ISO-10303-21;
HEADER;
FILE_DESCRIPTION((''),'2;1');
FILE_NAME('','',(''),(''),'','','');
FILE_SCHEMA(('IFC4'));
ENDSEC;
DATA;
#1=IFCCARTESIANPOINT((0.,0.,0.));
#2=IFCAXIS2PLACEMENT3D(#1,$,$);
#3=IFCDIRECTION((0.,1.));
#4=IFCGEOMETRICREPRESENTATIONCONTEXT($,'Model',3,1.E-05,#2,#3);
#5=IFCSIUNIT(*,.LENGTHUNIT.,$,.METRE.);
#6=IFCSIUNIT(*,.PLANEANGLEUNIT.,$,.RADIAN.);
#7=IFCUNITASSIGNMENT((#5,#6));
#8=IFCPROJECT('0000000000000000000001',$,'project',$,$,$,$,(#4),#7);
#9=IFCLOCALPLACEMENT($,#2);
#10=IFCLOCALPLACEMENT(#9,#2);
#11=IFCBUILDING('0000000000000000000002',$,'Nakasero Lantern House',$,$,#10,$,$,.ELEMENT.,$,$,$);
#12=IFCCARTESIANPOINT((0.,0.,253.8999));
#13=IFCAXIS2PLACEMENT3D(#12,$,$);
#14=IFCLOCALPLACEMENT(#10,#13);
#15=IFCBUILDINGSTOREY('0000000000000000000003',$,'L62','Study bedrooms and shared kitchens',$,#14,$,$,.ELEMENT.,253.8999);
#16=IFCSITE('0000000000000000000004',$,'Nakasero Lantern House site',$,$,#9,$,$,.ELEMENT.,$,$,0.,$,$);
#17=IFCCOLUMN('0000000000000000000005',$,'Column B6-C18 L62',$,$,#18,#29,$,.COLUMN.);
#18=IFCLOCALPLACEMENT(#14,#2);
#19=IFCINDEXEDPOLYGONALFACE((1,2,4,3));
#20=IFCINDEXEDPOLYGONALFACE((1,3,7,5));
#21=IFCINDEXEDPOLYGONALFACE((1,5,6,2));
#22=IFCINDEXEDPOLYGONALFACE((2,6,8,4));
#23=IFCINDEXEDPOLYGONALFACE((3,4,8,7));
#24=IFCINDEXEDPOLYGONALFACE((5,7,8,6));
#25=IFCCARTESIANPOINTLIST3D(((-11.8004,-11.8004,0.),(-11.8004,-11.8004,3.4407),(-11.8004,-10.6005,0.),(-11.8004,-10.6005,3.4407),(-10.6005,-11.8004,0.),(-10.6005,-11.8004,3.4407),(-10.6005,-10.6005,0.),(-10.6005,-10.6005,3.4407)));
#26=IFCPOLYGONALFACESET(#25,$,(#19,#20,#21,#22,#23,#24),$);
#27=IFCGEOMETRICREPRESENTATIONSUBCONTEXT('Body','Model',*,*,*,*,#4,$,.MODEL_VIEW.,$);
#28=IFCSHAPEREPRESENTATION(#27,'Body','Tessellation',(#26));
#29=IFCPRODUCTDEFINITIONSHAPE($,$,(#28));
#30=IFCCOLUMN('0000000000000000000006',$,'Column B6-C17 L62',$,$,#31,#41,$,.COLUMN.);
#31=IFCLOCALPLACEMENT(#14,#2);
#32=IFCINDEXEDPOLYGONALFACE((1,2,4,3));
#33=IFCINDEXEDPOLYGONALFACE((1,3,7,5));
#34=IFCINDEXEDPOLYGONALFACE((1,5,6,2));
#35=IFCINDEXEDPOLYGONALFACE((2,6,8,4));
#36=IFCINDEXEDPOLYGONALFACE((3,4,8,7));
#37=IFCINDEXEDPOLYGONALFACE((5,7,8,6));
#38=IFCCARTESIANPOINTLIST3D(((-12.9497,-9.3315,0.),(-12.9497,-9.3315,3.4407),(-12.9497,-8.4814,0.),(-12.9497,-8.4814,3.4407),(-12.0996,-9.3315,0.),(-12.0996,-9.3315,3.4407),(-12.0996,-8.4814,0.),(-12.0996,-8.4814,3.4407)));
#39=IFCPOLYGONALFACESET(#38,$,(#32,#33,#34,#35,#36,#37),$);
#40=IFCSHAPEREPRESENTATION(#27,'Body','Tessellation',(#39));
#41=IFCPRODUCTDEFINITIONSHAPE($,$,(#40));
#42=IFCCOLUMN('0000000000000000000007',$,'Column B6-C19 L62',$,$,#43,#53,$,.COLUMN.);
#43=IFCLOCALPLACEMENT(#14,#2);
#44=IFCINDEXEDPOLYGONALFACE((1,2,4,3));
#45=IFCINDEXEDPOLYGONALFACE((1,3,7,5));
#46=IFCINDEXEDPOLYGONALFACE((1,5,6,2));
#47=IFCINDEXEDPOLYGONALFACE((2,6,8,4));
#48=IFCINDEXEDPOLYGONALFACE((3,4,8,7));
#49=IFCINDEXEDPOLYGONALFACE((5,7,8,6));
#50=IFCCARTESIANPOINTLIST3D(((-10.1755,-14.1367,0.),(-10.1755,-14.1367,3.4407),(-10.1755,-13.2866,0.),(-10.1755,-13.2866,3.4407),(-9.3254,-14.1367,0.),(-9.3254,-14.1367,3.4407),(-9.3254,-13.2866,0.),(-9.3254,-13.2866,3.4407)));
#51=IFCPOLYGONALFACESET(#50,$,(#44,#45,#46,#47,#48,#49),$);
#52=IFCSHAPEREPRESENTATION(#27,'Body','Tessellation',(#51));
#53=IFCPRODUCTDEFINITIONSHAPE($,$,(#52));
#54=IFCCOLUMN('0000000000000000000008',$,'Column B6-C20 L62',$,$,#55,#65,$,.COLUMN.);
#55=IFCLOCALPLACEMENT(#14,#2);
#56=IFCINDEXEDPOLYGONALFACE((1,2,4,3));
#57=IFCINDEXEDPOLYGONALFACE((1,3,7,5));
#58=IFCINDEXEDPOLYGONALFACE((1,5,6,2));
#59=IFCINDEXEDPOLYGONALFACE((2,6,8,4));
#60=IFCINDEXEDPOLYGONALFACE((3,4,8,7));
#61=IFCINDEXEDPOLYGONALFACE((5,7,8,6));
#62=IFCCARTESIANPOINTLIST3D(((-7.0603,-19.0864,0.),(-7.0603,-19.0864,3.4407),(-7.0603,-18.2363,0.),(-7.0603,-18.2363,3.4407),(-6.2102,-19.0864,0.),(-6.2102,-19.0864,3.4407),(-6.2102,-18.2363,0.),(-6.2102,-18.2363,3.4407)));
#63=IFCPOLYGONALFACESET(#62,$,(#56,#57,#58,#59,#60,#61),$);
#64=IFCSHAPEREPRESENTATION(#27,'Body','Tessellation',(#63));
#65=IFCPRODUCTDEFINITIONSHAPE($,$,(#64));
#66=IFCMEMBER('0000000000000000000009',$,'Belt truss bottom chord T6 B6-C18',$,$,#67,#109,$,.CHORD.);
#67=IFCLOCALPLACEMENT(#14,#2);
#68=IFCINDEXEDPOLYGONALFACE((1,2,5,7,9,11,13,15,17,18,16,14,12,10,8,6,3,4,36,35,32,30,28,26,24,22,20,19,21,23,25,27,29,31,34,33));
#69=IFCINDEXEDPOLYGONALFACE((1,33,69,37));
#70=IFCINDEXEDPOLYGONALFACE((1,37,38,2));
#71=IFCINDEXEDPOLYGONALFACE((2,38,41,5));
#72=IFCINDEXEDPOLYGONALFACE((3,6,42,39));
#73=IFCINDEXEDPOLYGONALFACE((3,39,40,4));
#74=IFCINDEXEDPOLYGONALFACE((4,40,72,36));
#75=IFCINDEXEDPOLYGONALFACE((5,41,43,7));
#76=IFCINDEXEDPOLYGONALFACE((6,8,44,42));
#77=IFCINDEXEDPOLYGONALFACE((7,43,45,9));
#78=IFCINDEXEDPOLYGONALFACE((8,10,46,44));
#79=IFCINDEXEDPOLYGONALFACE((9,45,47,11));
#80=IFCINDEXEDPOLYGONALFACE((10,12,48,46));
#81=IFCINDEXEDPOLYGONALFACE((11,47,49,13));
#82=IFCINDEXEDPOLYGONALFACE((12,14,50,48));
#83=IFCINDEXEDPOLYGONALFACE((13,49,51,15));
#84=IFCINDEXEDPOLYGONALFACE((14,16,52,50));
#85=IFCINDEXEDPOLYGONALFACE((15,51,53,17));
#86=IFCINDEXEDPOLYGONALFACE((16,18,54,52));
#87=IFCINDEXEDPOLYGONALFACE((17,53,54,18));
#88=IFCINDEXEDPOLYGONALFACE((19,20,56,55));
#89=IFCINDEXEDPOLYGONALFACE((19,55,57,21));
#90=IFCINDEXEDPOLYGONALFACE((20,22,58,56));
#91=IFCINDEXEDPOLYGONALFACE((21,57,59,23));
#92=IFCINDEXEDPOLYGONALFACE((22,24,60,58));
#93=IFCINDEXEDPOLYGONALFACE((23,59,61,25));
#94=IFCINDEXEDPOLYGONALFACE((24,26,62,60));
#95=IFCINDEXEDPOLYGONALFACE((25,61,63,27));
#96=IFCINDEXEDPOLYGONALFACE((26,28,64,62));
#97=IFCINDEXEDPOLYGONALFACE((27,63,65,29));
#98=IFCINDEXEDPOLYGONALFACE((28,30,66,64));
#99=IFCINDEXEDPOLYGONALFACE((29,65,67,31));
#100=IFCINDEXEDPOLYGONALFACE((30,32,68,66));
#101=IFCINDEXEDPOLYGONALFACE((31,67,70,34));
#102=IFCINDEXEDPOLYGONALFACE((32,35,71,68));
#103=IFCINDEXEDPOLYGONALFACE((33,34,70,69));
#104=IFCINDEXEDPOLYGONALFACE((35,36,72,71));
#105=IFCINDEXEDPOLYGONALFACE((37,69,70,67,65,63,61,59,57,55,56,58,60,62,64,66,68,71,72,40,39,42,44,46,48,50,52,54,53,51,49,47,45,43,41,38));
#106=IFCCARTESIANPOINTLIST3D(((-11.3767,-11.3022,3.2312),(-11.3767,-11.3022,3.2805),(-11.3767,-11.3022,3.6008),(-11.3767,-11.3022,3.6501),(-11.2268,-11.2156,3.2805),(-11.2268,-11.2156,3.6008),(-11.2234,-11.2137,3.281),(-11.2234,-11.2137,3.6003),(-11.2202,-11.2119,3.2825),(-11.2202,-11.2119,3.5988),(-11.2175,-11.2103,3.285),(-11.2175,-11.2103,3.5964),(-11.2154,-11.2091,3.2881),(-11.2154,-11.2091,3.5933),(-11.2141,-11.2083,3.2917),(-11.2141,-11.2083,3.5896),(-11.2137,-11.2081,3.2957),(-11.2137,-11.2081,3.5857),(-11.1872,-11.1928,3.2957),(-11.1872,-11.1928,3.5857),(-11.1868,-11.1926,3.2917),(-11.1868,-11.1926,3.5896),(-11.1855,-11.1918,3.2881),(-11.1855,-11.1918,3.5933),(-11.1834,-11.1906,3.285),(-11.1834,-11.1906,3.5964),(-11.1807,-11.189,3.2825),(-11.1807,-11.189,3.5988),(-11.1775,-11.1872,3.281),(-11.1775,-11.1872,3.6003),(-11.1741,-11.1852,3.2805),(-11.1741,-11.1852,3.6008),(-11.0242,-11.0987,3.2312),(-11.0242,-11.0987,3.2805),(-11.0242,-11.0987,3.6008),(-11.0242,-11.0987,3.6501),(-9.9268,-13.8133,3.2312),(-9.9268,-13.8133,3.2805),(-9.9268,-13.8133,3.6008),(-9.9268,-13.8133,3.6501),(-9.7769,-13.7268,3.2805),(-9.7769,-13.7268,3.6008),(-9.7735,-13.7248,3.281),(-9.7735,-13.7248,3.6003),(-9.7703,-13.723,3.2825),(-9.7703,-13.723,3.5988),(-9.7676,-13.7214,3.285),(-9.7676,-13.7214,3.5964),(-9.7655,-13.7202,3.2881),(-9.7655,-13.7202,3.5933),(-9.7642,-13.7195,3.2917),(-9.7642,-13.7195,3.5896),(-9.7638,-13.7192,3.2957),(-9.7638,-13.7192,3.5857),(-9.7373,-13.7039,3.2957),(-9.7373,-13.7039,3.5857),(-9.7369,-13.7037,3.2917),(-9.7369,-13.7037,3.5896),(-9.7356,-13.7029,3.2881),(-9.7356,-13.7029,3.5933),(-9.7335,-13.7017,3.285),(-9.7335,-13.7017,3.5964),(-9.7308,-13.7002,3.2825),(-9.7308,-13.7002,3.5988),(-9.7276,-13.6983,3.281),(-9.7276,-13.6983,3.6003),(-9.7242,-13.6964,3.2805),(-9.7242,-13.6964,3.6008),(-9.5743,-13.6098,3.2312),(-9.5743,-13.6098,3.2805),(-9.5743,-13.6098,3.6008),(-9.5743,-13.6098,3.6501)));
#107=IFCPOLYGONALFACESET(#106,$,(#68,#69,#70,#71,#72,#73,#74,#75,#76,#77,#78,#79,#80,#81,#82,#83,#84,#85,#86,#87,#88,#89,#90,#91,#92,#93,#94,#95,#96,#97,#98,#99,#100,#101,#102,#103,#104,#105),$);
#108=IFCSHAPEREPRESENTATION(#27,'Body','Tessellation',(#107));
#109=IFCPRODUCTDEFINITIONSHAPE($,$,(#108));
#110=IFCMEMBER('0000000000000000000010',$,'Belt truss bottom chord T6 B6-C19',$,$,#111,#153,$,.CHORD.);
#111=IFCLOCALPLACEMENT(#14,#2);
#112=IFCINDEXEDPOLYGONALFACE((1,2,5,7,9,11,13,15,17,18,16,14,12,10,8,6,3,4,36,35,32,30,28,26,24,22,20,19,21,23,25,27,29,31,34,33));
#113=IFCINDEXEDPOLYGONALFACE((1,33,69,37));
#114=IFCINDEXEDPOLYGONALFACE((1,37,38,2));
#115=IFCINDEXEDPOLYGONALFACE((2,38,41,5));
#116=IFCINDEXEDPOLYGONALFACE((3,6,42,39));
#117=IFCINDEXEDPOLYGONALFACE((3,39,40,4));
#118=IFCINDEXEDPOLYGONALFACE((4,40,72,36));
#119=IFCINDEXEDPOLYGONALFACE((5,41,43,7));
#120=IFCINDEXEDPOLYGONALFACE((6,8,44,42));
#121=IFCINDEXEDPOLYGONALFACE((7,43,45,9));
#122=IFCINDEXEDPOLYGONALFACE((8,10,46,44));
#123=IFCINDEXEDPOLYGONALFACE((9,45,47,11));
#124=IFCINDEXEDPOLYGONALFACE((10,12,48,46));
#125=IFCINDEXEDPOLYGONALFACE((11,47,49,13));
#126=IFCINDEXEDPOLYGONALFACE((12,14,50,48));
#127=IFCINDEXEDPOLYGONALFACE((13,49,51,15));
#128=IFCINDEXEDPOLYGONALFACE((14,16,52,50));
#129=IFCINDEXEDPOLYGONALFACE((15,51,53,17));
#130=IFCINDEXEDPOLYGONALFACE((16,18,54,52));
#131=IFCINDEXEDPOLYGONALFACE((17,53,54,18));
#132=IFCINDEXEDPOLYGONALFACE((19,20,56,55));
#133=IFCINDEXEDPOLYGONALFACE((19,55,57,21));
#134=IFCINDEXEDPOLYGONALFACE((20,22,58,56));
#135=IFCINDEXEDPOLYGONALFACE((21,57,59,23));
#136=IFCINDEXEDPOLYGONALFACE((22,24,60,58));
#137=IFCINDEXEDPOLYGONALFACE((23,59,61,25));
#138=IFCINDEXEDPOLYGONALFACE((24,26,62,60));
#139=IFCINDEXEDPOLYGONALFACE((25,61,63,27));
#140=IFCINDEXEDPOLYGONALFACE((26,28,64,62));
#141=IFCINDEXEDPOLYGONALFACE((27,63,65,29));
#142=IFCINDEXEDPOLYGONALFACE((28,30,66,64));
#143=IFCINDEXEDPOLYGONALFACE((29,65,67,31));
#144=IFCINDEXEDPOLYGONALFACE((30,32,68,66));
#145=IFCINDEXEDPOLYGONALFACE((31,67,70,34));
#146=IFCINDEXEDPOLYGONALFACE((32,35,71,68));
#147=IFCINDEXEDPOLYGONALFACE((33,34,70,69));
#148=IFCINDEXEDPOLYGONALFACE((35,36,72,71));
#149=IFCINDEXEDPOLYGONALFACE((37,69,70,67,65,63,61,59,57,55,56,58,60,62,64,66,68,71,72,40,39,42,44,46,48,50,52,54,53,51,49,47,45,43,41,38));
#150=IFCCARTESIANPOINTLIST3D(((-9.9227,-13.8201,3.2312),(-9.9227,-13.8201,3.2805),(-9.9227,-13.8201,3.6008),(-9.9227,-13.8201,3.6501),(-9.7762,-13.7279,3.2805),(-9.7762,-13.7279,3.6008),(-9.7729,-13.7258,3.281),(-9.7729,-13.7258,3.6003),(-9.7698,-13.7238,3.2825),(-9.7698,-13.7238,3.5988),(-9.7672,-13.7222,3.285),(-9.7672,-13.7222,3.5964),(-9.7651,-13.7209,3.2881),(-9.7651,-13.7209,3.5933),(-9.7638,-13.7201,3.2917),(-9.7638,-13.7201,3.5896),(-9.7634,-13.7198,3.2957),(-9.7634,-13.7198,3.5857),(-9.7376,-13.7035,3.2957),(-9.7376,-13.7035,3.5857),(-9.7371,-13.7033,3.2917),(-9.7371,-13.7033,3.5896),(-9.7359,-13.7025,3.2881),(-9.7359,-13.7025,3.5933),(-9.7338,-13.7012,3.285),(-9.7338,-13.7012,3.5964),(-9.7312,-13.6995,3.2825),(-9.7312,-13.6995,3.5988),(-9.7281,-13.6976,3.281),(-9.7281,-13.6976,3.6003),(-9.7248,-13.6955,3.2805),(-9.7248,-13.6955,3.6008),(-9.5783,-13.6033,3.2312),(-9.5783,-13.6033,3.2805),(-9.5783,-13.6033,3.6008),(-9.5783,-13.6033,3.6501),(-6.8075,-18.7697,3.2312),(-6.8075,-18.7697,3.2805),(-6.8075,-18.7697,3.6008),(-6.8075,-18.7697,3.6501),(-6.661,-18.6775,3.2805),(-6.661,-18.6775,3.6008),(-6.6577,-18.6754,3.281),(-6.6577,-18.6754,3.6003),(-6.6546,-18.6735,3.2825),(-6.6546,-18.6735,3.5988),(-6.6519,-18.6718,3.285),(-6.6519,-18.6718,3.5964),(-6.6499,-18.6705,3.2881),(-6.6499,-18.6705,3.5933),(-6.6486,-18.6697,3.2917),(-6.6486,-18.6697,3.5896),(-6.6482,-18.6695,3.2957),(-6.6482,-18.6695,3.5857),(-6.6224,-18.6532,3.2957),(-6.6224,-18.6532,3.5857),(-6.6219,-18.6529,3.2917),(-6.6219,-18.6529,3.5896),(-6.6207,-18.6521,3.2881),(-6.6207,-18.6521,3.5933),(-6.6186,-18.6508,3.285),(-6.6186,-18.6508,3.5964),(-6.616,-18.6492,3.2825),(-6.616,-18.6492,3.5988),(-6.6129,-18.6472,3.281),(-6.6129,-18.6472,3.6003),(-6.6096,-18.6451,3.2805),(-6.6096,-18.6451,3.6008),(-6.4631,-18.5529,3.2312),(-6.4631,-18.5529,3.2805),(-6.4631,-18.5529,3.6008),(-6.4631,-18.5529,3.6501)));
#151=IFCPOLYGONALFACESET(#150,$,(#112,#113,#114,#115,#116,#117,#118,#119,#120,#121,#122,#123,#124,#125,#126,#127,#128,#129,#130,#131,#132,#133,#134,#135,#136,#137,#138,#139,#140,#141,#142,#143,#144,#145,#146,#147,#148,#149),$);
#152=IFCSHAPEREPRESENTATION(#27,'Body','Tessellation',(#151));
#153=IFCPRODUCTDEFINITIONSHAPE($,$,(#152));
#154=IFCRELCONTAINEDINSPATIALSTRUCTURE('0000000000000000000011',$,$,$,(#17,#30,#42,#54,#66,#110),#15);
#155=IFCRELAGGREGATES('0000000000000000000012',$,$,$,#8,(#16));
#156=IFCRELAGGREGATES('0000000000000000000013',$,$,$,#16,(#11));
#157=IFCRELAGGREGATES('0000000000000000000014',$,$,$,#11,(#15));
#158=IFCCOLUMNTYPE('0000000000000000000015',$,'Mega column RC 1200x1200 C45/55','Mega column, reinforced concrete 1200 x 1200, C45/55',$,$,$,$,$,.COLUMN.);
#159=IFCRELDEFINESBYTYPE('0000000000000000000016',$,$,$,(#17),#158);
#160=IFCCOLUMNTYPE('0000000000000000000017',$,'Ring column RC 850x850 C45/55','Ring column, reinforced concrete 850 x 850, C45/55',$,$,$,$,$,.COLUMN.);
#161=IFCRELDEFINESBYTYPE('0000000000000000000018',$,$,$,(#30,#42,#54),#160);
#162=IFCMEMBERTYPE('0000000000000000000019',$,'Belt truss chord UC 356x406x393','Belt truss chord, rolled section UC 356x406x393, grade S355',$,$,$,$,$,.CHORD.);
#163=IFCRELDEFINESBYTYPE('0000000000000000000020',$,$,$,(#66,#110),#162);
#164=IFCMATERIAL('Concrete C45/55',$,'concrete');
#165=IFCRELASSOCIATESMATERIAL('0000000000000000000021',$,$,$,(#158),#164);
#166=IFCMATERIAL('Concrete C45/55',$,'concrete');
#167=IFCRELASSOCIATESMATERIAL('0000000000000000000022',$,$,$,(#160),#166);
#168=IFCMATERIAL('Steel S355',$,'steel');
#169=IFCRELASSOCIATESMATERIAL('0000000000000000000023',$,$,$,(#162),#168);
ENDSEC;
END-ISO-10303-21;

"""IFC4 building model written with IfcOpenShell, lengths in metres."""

from ifc_helpers import new_model, si_unit, direction, frame, origin, origin_2d, place, context, subcontext, project, spatial, rectangle, i_section, extrude, material, material_profile, profile_set, type_object, element, save


model = new_model("IFC4")

# Units and contexts
model_context = context("Model", 3, precision=1e-05, world=origin(), true_north=direction((0.0, 1.0)))
body_context = subcontext(model_context, "Body", "Model", "MODEL_VIEW")
ifc_project = project(units=[si_unit("LENGTHUNIT", "METRE"), si_unit("PLANEANGLEUNIT", "RADIAN")], contexts=[model_context])

# Site, building, storey
site_placement = place(None, origin())
site = spatial("IfcSite", under=ifc_project, at=site_placement, Name="Nakasero Lantern House site", CompositionType="ELEMENT", RefElevation=0.0)
building_placement = place(site_placement, origin())
building = spatial("IfcBuilding", under=site, at=building_placement, Name="Nakasero Lantern House", CompositionType="ELEMENT")
storey_placement = place(building_placement, frame((0.0, 0.0, 253.8999)))
storey = spatial("IfcBuildingStorey", under=building, at=storey_placement, Name="L62", Description="Study bedrooms and shared kitchens", CompositionType="ELEMENT", Elevation=253.8999)

# Columns
ifc_material_1 = material(Name="Concrete C45/55", Category="concrete")
ifc_material_profile_1 = material_profile(ifc_material_1, rectangle(XDim=1.2, YDim=1.2, at=origin_2d()), Name="RC 1200x1200")
ifc_profile_set_1 = profile_set([ifc_material_profile_1], Name="Concrete C45/55")
column_type_1 = type_object("IfcColumnType", Name="Mega column RC 1200x1200 C45/55", Description="Mega column, reinforced concrete 1200 x 1200, C45/55", PredefinedType="COLUMN", material=ifc_profile_set_1)
column_placement = place(storey_placement, frame((-11.2004, -11.2004, 0.0), z_axis=(0.0, 0.0, 1.0), x_axis=(1.0, 0.0, 0.0)))
element("IfcColumn", 1, at=column_placement, inside=storey, type_object=column_type_1, Name="Column B6-C18 L62", PredefinedType="COLUMN", context=body_context, shape_type="SweptSolid", body=[
    extrude(rectangle(XDim=1.2, YDim=1.2, at=origin_2d()), origin(), (0.0, 0.0, 1.0), 3.4407),
])
ifc_material_2 = material(Name="Concrete C45/55", Category="concrete")
ifc_material_profile_2 = material_profile(ifc_material_2, rectangle(XDim=0.8501, YDim=0.8501, at=origin_2d()), Name="RC 850x850")
ifc_profile_set_2 = profile_set([ifc_material_profile_2], Name="Concrete C45/55")
column_type_2 = type_object("IfcColumnType", Name="Ring column RC 850x850 C45/55", Description="Ring column, reinforced concrete 850 x 850, C45/55", PredefinedType="COLUMN", material=ifc_profile_set_2)
for number, where, z_axis, x_axis, name in (
    (2, (-12.5247, -8.9065, 0.0), (0.0, 0.0, 1.0), (1.0, 0.0, 0.0), "Column B6-C17 L62"),
    (3, (-9.7505, -13.7117, 0.0), (0.0, 0.0, 1.0), (1.0, 0.0, 0.0), "Column B6-C19 L62"),
    (4, (-6.6353, -18.6614, 0.0), (0.0, 0.0, 1.0), (1.0, 0.0, 0.0), "Column B6-C20 L62"),
):
    element("IfcColumn", number, at=place(storey_placement, frame(where, z_axis=z_axis, x_axis=x_axis)), inside=storey, type_object=column_type_2, Name=name, PredefinedType="COLUMN", context=body_context, shape_type="SweptSolid", body=[
        extrude(rectangle(XDim=0.8501, YDim=0.8501, at=origin_2d()), origin(), (0.0, 0.0, 1.0), 3.4407),
    ])

# Members
ifc_material_3 = material(Name="Steel S355", Category="steel")
ifc_material_profile_3 = material_profile(ifc_material_3, i_section(OverallWidth=0.407, OverallDepth=0.4189, WebThickness=0.0305, FlangeThickness=0.0493, FilletRadius=0.0151, at=origin_2d()), Name="UC 356x406x393")
ifc_profile_set_3 = profile_set([ifc_material_profile_3], Name="Steel S355")
member_type = type_object("IfcMemberType", Name="Belt truss chord UC 356x406x393", Description="Belt truss chord, rolled section UC 356x406x393, grade S355", PredefinedType="CHORD", material=ifc_profile_set_3)
member_1_placement = place(storey_placement, frame((-11.2004, -11.2004, 3.4407), z_axis=(0.500024, -0.866012, 0.0), x_axis=(0.866012, 0.500024, 0.0)))
element("IfcMember", 5, at=member_1_placement, inside=storey, type_object=member_type, Name="Belt truss bottom chord T6 B6-C18", PredefinedType="CHORD", context=body_context, shape_type="SweptSolid", body=[
    extrude(i_section(OverallWidth=0.407, OverallDepth=0.4189, WebThickness=0.0305, FlangeThickness=0.0493, FilletRadius=0.0151, at=origin_2d()), origin(), (0.0, 0.0, 1.0), 2.8997),
])
member_2_placement = place(storey_placement, frame((-9.7505, -13.7117, 3.4407), z_axis=(0.53266, -0.846329, 0.0), x_axis=(0.846329, 0.53266, 0.0)))
element("IfcMember", 6, at=member_2_placement, inside=storey, type_object=member_type, Name="Belt truss bottom chord T6 B6-C19", PredefinedType="CHORD", context=body_context, shape_type="SweptSolid", body=[
    extrude(i_section(OverallWidth=0.407, OverallDepth=0.4189, WebThickness=0.0305, FlangeThickness=0.0493, FilletRadius=0.0151, at=origin_2d()), origin(), (0.0, 0.0, 1.0), 5.8484),
])

save(model, "model.ifc")
